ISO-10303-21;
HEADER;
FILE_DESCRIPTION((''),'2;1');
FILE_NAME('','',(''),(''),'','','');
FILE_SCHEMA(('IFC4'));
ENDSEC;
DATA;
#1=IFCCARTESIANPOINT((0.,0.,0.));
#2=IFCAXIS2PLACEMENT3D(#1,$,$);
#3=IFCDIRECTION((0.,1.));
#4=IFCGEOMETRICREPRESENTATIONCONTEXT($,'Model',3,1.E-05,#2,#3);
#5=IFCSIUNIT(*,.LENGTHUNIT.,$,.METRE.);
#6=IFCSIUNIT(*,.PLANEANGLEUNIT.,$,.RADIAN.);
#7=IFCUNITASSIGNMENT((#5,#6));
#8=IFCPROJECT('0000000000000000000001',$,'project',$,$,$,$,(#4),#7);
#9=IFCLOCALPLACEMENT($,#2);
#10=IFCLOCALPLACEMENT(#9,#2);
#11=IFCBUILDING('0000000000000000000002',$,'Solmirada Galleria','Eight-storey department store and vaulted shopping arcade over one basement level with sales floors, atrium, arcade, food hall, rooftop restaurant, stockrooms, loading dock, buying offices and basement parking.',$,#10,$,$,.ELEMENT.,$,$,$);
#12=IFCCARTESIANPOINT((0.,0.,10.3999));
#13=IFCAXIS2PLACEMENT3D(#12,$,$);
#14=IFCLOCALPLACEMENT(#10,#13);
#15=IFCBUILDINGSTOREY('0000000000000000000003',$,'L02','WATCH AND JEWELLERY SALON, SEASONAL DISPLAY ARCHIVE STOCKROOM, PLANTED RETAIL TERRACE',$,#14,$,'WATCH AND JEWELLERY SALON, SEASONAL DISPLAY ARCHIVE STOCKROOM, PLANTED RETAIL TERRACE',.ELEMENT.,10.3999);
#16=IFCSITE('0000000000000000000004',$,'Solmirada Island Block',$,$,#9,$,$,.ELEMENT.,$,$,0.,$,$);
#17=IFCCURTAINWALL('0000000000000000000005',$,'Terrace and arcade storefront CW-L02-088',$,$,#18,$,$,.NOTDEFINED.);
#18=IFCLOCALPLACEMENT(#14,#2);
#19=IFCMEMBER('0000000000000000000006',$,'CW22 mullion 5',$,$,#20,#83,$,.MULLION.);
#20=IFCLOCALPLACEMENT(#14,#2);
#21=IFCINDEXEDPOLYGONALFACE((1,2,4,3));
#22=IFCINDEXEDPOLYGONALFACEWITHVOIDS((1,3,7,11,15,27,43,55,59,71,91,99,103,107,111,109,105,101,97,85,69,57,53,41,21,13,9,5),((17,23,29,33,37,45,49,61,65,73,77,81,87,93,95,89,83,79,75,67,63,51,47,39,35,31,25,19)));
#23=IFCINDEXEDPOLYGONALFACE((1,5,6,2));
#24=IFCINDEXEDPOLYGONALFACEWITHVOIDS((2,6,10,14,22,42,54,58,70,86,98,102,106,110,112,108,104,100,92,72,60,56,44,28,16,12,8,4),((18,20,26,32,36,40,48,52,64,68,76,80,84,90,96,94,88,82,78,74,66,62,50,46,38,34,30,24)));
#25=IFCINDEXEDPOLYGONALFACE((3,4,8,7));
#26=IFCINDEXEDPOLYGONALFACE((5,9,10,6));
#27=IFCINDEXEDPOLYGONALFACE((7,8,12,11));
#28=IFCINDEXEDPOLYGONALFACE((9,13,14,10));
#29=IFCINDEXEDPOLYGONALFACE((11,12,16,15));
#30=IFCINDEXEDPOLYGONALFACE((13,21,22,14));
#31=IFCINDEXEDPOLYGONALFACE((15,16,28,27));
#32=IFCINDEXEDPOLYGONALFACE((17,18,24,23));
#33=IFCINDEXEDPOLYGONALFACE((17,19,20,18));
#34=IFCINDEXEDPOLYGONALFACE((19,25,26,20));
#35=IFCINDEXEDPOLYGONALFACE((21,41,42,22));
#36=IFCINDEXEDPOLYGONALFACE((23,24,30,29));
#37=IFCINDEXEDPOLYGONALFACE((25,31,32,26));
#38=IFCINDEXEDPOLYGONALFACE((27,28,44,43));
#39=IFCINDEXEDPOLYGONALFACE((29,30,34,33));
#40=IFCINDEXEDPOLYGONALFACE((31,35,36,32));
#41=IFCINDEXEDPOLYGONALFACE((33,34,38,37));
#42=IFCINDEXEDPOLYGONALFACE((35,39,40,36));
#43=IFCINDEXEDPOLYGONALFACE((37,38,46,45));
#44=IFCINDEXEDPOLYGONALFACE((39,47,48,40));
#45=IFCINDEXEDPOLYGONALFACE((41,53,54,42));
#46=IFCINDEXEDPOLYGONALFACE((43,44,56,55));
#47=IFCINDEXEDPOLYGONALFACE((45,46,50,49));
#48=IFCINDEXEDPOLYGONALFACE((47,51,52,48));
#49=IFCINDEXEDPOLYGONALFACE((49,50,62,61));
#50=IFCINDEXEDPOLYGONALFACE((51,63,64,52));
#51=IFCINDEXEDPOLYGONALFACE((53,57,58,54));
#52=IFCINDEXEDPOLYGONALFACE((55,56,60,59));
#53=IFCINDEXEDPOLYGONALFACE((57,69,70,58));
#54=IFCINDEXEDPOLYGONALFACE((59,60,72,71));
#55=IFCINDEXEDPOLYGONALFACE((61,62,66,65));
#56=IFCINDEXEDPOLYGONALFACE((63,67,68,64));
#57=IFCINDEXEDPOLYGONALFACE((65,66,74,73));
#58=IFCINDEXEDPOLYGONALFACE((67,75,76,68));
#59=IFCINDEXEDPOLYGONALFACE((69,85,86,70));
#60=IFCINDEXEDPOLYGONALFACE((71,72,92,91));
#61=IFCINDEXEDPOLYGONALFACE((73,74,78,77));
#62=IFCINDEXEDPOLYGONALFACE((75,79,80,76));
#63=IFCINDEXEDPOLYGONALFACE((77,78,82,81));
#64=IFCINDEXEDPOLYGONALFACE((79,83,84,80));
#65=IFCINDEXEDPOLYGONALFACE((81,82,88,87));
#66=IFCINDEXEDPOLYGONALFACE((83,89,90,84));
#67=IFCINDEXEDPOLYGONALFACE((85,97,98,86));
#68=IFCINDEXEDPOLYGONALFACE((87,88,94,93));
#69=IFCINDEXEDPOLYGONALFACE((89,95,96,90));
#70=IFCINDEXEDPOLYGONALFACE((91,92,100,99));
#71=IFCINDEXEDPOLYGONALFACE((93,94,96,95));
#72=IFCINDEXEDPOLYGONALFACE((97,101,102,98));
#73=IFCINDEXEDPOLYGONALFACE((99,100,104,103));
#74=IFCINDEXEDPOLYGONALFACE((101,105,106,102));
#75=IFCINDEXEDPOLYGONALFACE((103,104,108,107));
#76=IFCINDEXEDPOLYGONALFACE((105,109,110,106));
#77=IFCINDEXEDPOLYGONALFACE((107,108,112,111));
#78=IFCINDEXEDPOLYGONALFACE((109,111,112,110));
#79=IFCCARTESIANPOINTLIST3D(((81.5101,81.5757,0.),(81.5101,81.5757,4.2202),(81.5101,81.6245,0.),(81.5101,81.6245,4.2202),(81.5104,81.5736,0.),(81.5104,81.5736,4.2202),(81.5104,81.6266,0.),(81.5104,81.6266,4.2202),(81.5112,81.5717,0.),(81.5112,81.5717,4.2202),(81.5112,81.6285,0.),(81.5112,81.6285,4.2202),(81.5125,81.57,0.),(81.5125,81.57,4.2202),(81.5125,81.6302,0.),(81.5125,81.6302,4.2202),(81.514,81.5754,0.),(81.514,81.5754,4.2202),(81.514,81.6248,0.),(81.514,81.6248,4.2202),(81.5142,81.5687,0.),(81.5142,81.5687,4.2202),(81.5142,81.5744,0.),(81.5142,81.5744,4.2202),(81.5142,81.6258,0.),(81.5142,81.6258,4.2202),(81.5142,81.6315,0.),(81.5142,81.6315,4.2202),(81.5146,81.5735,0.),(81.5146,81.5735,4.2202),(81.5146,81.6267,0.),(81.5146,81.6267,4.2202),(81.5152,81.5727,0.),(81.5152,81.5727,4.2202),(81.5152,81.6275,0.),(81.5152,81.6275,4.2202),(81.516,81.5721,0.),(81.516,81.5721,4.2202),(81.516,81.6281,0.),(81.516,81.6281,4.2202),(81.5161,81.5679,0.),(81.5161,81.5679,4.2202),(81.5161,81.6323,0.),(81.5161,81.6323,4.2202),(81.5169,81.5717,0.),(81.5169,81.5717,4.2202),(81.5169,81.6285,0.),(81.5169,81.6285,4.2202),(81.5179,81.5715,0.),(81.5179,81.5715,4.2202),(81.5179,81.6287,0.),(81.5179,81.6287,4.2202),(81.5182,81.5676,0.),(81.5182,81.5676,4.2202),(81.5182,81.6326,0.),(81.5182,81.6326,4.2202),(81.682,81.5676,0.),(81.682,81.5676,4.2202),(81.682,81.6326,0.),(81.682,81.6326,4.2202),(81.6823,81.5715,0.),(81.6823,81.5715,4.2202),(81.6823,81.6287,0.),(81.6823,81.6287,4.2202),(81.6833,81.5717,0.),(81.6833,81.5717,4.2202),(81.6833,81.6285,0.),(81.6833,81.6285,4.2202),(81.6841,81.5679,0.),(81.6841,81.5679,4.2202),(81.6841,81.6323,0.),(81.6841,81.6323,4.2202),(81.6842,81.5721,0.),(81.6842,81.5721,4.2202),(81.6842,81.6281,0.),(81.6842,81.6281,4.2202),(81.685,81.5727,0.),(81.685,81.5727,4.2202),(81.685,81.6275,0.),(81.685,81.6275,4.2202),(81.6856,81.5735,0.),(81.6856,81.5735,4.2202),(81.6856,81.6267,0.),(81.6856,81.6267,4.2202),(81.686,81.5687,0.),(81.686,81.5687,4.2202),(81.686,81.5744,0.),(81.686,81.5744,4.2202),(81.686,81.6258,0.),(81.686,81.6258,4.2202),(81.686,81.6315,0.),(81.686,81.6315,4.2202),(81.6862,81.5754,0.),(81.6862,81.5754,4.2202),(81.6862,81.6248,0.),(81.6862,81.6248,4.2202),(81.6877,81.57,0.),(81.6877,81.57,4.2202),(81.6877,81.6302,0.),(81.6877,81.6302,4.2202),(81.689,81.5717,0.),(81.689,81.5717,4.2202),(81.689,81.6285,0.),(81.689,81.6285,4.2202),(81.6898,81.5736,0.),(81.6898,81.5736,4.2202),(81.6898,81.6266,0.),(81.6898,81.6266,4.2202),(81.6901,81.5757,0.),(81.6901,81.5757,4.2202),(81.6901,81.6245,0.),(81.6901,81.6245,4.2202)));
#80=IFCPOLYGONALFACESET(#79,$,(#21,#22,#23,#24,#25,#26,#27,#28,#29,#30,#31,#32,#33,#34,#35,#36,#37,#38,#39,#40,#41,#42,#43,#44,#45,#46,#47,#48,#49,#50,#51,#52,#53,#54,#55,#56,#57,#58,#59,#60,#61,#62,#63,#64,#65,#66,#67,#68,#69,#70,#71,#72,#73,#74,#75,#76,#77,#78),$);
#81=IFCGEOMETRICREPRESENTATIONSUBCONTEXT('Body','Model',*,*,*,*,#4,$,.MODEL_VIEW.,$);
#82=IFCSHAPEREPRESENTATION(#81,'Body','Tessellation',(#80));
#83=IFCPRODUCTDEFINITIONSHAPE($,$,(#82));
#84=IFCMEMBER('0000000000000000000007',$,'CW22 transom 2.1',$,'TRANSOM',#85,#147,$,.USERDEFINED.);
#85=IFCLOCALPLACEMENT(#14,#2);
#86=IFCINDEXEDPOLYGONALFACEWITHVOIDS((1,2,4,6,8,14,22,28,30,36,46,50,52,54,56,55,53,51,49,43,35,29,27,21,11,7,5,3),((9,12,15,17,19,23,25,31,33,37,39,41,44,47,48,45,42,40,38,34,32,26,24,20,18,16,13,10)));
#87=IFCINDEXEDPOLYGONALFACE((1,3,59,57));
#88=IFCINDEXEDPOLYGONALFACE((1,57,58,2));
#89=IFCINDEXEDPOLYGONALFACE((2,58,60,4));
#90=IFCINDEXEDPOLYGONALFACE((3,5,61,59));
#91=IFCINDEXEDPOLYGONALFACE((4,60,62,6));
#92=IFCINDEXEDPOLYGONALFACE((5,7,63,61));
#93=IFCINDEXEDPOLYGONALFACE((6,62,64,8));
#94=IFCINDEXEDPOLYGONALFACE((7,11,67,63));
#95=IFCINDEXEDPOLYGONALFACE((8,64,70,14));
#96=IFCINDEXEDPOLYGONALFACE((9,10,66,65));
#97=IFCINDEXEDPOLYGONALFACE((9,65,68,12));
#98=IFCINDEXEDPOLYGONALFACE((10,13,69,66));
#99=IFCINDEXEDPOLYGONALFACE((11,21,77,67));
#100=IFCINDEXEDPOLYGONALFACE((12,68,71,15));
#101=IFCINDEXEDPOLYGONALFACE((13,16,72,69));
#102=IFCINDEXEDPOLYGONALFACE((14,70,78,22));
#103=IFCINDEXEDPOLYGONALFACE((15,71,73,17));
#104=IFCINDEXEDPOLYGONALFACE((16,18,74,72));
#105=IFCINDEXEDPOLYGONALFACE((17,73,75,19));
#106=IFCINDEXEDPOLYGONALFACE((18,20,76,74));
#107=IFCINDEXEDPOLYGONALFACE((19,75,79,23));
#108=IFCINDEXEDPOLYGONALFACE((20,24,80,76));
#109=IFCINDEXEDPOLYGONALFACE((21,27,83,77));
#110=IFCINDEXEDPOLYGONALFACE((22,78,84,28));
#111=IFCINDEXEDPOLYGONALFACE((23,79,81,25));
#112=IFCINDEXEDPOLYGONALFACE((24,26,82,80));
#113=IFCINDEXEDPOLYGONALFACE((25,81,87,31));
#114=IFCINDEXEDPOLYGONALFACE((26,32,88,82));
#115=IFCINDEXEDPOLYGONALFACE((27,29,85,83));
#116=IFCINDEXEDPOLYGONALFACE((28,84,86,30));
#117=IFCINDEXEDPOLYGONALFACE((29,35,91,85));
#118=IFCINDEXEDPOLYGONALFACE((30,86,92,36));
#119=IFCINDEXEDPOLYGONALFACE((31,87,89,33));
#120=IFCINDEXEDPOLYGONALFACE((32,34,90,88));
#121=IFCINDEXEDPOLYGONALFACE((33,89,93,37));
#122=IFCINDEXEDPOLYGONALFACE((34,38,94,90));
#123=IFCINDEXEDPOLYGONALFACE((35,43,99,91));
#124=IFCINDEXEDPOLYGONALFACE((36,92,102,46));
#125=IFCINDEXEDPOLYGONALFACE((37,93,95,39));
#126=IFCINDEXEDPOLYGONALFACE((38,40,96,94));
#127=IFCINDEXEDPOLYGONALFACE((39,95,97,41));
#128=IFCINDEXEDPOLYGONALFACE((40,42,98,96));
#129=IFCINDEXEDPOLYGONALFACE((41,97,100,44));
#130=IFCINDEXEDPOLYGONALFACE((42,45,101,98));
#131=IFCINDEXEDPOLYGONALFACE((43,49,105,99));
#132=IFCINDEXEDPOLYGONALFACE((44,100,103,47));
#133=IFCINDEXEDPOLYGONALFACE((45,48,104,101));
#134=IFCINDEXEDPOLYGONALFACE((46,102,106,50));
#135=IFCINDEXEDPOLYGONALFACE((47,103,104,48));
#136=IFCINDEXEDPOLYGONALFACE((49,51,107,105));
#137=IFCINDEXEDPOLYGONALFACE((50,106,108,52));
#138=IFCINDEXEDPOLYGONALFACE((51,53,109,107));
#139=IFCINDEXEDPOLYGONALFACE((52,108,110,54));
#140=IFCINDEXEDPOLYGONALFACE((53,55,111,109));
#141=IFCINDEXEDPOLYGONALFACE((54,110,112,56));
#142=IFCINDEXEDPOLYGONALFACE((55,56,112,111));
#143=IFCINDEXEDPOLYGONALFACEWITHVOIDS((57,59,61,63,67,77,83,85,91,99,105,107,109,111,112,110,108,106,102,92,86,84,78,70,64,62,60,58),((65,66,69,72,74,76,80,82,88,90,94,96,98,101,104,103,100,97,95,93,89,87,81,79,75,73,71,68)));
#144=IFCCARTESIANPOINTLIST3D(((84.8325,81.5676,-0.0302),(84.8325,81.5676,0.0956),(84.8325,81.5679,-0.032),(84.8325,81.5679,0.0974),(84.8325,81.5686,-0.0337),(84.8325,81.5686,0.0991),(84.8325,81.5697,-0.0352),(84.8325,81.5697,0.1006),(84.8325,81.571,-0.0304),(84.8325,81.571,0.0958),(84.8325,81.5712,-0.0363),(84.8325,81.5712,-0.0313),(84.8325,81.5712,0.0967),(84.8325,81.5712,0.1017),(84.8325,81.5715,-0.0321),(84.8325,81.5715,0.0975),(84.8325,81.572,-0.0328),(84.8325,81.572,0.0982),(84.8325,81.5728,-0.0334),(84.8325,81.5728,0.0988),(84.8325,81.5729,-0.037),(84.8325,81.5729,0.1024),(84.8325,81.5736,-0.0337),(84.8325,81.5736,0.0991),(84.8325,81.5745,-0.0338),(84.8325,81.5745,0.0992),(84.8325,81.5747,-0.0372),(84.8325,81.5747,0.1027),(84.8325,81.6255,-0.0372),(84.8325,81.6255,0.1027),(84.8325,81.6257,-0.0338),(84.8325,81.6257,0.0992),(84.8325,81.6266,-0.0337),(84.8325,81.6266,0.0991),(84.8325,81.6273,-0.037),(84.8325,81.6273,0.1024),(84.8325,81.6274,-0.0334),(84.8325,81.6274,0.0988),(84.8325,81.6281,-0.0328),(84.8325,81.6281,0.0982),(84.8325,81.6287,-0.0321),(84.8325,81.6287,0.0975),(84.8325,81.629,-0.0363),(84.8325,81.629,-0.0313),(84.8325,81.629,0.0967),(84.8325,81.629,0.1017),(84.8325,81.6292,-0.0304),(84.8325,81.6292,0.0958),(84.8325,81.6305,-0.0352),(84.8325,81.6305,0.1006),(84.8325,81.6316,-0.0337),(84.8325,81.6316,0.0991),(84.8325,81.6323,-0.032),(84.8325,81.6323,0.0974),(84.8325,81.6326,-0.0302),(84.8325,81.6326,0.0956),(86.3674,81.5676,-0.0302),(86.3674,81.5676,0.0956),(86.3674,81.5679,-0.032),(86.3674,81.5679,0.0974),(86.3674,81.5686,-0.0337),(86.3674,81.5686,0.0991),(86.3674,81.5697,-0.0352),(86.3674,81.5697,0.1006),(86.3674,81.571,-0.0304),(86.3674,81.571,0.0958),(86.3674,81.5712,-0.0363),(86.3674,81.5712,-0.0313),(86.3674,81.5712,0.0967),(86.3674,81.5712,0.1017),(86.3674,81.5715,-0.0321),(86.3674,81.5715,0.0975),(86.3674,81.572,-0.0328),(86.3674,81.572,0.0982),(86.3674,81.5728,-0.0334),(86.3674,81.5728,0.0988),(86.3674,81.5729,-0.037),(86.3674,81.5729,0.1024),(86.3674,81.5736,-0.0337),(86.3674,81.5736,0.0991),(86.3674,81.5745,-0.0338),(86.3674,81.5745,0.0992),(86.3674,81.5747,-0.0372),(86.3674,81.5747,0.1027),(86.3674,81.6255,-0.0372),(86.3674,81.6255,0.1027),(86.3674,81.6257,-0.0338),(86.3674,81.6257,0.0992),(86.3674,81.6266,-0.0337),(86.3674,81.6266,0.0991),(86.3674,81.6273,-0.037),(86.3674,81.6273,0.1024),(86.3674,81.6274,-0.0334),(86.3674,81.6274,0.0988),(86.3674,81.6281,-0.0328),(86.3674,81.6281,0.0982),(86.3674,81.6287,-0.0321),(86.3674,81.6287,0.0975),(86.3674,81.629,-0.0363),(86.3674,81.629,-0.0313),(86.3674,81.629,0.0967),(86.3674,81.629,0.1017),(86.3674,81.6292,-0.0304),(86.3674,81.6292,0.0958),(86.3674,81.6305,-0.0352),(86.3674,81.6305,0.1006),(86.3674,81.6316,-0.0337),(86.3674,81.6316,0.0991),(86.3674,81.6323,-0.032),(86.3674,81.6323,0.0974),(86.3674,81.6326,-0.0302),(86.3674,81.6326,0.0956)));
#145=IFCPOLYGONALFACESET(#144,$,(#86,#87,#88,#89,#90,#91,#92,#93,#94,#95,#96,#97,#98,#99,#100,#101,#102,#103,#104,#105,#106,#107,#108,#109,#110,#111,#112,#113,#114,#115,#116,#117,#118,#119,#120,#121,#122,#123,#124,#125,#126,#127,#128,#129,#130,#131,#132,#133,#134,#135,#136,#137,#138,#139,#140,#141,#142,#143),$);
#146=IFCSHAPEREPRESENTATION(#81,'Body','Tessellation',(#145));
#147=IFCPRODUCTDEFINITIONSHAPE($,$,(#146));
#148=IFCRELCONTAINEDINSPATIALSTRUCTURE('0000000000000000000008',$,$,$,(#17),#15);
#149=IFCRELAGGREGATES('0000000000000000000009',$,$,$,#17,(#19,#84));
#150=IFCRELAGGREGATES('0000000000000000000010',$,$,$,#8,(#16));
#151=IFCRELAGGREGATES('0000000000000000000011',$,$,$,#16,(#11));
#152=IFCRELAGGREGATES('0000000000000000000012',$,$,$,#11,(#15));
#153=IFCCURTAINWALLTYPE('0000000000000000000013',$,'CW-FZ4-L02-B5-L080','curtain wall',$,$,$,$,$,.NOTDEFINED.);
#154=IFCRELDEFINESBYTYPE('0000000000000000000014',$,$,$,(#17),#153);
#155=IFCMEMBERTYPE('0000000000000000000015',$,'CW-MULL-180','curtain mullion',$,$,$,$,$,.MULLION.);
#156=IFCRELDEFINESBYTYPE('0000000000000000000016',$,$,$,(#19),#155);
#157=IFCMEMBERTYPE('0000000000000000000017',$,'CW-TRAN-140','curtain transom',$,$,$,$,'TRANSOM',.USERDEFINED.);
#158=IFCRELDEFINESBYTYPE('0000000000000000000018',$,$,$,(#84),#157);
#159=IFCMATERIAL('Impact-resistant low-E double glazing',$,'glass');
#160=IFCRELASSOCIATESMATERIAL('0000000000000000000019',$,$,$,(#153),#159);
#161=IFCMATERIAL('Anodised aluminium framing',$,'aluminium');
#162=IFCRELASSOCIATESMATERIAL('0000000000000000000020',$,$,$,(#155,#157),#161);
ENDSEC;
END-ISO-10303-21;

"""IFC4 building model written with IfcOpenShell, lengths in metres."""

from ifc_helpers import new_model, si_unit, direction, frame, origin, origin_2d, place, context, subcontext, project, spatial, hollow_rectangle, extrude, material, material_profile, profile_set, type_object, element, aggregate, save


model = new_model("IFC4")

# Units and contexts
model_context = context("Model", 3, precision=1e-05, world=origin(), true_north=direction((0.0, 1.0)))
body_context = subcontext(model_context, "Body", "Model", "MODEL_VIEW")
ifc_project = project(units=[si_unit("LENGTHUNIT", "METRE"), si_unit("PLANEANGLEUNIT", "RADIAN")], contexts=[model_context])

# Site, building, storey
site_placement = place(None, origin())
site = spatial("IfcSite", under=ifc_project, at=site_placement, Name="Solmirada Island Block", CompositionType="ELEMENT", RefElevation=0.0)
building_placement = place(site_placement, origin())
building = spatial("IfcBuilding", under=site, at=building_placement, Name="Solmirada Galleria", Description="Eight-storey department store and vaulted shopping arcade over one basement level with sales floors, atrium, arcade, food hall, rooftop restaurant, stockrooms, loading dock, buying offices and basement parking.", CompositionType="ELEMENT")
storey_placement = place(building_placement, frame((0.0, 0.0, 10.3999)))
storey = spatial("IfcBuildingStorey", under=building, at=storey_placement, Name="L02", Description="WATCH AND JEWELLERY SALON, SEASONAL DISPLAY ARCHIVE STOCKROOM, PLANTED RETAIL TERRACE", LongName="WATCH AND JEWELLERY SALON, SEASONAL DISPLAY ARCHIVE STOCKROOM, PLANTED RETAIL TERRACE", CompositionType="ELEMENT", Elevation=10.3999)

# Curtain wall, members
ifc_material_1 = material(Name="Impact-resistant low-E double glazing", Category="glass")
curtain_wall_type = type_object("IfcCurtainWallType", Name="CW-FZ4-L02-B5-L080", Description="curtain wall", PredefinedType="NOTDEFINED", material=ifc_material_1)
curtain_wall_placement = place(storey_placement, origin())
curtain_wall = element("IfcCurtainWall", 1, at=curtain_wall_placement, inside=storey, type_object=curtain_wall_type, Name="Terrace and arcade storefront CW-L02-088", PredefinedType="NOTDEFINED")
ifc_material_2 = material(Name="Anodised aluminium framing", Category="aluminium")
ifc_material_profile_1 = material_profile(ifc_material_2, hollow_rectangle(XDim=0.0649, YDim=0.1799, WallThickness=0.0039, InnerFilletRadius=0.0039, OuterFilletRadius=0.0081, at=origin_2d()), Name="ALU-MULL-180X65")
ifc_profile_set_1 = profile_set([ifc_material_profile_1], Name="Anodised aluminium framing")
member_type_1 = type_object("IfcMemberType", Name="CW-MULL-180", Description="curtain mullion", PredefinedType="MULLION", material=ifc_profile_set_1)
member_1_placement = place(storey_placement, frame((81.6001, 81.6001, 0.0), z_axis=(0.0, 0.0, 1.0), x_axis=(0.0, -1.0, 0.0)))
member_1 = element("IfcMember", 2, at=member_1_placement, type_object=member_type_1, Name="CW22 mullion 5", PredefinedType="MULLION", context=body_context, shape_type="SweptSolid", body=[
    extrude(hollow_rectangle(XDim=0.0649, YDim=0.1799, WallThickness=0.0039, InnerFilletRadius=0.0039, OuterFilletRadius=0.0081, at=origin_2d()), origin(), (0.0, 0.0, 1.0), 4.2202),
])
ifc_material_profile_2 = material_profile(ifc_material_2, hollow_rectangle(XDim=0.0649, YDim=0.1399, WallThickness=0.0034, InnerFilletRadius=0.0034, OuterFilletRadius=0.0071, at=origin_2d()), Name="ALU-TRAN-140X65")
ifc_profile_set_2 = profile_set([ifc_material_profile_2], Name="Anodised aluminium framing")
member_type_2 = type_object("IfcMemberType", Name="CW-TRAN-140", Description="curtain transom", ElementType="TRANSOM", PredefinedType="USERDEFINED", material=ifc_profile_set_2)
member_2_placement = place(storey_placement, frame((86.3674, 81.6001, 0.0327), z_axis=(-1.0, 0.0, 0.0), x_axis=(0.0, -1.0, 0.0)))
member_2 = element("IfcMember", 3, at=member_2_placement, type_object=member_type_2, Name="CW22 transom 2.1", ObjectType="TRANSOM", PredefinedType="USERDEFINED", context=body_context, shape_type="SweptSolid", body=[
    extrude(hollow_rectangle(XDim=0.0649, YDim=0.1399, WallThickness=0.0034, InnerFilletRadius=0.0034, OuterFilletRadius=0.0071, at=origin_2d()), origin(), (0.0, 0.0, 1.0), 1.5349),
])
aggregate(curtain_wall, [member_1, member_2])

save(model, "model.ifc")
